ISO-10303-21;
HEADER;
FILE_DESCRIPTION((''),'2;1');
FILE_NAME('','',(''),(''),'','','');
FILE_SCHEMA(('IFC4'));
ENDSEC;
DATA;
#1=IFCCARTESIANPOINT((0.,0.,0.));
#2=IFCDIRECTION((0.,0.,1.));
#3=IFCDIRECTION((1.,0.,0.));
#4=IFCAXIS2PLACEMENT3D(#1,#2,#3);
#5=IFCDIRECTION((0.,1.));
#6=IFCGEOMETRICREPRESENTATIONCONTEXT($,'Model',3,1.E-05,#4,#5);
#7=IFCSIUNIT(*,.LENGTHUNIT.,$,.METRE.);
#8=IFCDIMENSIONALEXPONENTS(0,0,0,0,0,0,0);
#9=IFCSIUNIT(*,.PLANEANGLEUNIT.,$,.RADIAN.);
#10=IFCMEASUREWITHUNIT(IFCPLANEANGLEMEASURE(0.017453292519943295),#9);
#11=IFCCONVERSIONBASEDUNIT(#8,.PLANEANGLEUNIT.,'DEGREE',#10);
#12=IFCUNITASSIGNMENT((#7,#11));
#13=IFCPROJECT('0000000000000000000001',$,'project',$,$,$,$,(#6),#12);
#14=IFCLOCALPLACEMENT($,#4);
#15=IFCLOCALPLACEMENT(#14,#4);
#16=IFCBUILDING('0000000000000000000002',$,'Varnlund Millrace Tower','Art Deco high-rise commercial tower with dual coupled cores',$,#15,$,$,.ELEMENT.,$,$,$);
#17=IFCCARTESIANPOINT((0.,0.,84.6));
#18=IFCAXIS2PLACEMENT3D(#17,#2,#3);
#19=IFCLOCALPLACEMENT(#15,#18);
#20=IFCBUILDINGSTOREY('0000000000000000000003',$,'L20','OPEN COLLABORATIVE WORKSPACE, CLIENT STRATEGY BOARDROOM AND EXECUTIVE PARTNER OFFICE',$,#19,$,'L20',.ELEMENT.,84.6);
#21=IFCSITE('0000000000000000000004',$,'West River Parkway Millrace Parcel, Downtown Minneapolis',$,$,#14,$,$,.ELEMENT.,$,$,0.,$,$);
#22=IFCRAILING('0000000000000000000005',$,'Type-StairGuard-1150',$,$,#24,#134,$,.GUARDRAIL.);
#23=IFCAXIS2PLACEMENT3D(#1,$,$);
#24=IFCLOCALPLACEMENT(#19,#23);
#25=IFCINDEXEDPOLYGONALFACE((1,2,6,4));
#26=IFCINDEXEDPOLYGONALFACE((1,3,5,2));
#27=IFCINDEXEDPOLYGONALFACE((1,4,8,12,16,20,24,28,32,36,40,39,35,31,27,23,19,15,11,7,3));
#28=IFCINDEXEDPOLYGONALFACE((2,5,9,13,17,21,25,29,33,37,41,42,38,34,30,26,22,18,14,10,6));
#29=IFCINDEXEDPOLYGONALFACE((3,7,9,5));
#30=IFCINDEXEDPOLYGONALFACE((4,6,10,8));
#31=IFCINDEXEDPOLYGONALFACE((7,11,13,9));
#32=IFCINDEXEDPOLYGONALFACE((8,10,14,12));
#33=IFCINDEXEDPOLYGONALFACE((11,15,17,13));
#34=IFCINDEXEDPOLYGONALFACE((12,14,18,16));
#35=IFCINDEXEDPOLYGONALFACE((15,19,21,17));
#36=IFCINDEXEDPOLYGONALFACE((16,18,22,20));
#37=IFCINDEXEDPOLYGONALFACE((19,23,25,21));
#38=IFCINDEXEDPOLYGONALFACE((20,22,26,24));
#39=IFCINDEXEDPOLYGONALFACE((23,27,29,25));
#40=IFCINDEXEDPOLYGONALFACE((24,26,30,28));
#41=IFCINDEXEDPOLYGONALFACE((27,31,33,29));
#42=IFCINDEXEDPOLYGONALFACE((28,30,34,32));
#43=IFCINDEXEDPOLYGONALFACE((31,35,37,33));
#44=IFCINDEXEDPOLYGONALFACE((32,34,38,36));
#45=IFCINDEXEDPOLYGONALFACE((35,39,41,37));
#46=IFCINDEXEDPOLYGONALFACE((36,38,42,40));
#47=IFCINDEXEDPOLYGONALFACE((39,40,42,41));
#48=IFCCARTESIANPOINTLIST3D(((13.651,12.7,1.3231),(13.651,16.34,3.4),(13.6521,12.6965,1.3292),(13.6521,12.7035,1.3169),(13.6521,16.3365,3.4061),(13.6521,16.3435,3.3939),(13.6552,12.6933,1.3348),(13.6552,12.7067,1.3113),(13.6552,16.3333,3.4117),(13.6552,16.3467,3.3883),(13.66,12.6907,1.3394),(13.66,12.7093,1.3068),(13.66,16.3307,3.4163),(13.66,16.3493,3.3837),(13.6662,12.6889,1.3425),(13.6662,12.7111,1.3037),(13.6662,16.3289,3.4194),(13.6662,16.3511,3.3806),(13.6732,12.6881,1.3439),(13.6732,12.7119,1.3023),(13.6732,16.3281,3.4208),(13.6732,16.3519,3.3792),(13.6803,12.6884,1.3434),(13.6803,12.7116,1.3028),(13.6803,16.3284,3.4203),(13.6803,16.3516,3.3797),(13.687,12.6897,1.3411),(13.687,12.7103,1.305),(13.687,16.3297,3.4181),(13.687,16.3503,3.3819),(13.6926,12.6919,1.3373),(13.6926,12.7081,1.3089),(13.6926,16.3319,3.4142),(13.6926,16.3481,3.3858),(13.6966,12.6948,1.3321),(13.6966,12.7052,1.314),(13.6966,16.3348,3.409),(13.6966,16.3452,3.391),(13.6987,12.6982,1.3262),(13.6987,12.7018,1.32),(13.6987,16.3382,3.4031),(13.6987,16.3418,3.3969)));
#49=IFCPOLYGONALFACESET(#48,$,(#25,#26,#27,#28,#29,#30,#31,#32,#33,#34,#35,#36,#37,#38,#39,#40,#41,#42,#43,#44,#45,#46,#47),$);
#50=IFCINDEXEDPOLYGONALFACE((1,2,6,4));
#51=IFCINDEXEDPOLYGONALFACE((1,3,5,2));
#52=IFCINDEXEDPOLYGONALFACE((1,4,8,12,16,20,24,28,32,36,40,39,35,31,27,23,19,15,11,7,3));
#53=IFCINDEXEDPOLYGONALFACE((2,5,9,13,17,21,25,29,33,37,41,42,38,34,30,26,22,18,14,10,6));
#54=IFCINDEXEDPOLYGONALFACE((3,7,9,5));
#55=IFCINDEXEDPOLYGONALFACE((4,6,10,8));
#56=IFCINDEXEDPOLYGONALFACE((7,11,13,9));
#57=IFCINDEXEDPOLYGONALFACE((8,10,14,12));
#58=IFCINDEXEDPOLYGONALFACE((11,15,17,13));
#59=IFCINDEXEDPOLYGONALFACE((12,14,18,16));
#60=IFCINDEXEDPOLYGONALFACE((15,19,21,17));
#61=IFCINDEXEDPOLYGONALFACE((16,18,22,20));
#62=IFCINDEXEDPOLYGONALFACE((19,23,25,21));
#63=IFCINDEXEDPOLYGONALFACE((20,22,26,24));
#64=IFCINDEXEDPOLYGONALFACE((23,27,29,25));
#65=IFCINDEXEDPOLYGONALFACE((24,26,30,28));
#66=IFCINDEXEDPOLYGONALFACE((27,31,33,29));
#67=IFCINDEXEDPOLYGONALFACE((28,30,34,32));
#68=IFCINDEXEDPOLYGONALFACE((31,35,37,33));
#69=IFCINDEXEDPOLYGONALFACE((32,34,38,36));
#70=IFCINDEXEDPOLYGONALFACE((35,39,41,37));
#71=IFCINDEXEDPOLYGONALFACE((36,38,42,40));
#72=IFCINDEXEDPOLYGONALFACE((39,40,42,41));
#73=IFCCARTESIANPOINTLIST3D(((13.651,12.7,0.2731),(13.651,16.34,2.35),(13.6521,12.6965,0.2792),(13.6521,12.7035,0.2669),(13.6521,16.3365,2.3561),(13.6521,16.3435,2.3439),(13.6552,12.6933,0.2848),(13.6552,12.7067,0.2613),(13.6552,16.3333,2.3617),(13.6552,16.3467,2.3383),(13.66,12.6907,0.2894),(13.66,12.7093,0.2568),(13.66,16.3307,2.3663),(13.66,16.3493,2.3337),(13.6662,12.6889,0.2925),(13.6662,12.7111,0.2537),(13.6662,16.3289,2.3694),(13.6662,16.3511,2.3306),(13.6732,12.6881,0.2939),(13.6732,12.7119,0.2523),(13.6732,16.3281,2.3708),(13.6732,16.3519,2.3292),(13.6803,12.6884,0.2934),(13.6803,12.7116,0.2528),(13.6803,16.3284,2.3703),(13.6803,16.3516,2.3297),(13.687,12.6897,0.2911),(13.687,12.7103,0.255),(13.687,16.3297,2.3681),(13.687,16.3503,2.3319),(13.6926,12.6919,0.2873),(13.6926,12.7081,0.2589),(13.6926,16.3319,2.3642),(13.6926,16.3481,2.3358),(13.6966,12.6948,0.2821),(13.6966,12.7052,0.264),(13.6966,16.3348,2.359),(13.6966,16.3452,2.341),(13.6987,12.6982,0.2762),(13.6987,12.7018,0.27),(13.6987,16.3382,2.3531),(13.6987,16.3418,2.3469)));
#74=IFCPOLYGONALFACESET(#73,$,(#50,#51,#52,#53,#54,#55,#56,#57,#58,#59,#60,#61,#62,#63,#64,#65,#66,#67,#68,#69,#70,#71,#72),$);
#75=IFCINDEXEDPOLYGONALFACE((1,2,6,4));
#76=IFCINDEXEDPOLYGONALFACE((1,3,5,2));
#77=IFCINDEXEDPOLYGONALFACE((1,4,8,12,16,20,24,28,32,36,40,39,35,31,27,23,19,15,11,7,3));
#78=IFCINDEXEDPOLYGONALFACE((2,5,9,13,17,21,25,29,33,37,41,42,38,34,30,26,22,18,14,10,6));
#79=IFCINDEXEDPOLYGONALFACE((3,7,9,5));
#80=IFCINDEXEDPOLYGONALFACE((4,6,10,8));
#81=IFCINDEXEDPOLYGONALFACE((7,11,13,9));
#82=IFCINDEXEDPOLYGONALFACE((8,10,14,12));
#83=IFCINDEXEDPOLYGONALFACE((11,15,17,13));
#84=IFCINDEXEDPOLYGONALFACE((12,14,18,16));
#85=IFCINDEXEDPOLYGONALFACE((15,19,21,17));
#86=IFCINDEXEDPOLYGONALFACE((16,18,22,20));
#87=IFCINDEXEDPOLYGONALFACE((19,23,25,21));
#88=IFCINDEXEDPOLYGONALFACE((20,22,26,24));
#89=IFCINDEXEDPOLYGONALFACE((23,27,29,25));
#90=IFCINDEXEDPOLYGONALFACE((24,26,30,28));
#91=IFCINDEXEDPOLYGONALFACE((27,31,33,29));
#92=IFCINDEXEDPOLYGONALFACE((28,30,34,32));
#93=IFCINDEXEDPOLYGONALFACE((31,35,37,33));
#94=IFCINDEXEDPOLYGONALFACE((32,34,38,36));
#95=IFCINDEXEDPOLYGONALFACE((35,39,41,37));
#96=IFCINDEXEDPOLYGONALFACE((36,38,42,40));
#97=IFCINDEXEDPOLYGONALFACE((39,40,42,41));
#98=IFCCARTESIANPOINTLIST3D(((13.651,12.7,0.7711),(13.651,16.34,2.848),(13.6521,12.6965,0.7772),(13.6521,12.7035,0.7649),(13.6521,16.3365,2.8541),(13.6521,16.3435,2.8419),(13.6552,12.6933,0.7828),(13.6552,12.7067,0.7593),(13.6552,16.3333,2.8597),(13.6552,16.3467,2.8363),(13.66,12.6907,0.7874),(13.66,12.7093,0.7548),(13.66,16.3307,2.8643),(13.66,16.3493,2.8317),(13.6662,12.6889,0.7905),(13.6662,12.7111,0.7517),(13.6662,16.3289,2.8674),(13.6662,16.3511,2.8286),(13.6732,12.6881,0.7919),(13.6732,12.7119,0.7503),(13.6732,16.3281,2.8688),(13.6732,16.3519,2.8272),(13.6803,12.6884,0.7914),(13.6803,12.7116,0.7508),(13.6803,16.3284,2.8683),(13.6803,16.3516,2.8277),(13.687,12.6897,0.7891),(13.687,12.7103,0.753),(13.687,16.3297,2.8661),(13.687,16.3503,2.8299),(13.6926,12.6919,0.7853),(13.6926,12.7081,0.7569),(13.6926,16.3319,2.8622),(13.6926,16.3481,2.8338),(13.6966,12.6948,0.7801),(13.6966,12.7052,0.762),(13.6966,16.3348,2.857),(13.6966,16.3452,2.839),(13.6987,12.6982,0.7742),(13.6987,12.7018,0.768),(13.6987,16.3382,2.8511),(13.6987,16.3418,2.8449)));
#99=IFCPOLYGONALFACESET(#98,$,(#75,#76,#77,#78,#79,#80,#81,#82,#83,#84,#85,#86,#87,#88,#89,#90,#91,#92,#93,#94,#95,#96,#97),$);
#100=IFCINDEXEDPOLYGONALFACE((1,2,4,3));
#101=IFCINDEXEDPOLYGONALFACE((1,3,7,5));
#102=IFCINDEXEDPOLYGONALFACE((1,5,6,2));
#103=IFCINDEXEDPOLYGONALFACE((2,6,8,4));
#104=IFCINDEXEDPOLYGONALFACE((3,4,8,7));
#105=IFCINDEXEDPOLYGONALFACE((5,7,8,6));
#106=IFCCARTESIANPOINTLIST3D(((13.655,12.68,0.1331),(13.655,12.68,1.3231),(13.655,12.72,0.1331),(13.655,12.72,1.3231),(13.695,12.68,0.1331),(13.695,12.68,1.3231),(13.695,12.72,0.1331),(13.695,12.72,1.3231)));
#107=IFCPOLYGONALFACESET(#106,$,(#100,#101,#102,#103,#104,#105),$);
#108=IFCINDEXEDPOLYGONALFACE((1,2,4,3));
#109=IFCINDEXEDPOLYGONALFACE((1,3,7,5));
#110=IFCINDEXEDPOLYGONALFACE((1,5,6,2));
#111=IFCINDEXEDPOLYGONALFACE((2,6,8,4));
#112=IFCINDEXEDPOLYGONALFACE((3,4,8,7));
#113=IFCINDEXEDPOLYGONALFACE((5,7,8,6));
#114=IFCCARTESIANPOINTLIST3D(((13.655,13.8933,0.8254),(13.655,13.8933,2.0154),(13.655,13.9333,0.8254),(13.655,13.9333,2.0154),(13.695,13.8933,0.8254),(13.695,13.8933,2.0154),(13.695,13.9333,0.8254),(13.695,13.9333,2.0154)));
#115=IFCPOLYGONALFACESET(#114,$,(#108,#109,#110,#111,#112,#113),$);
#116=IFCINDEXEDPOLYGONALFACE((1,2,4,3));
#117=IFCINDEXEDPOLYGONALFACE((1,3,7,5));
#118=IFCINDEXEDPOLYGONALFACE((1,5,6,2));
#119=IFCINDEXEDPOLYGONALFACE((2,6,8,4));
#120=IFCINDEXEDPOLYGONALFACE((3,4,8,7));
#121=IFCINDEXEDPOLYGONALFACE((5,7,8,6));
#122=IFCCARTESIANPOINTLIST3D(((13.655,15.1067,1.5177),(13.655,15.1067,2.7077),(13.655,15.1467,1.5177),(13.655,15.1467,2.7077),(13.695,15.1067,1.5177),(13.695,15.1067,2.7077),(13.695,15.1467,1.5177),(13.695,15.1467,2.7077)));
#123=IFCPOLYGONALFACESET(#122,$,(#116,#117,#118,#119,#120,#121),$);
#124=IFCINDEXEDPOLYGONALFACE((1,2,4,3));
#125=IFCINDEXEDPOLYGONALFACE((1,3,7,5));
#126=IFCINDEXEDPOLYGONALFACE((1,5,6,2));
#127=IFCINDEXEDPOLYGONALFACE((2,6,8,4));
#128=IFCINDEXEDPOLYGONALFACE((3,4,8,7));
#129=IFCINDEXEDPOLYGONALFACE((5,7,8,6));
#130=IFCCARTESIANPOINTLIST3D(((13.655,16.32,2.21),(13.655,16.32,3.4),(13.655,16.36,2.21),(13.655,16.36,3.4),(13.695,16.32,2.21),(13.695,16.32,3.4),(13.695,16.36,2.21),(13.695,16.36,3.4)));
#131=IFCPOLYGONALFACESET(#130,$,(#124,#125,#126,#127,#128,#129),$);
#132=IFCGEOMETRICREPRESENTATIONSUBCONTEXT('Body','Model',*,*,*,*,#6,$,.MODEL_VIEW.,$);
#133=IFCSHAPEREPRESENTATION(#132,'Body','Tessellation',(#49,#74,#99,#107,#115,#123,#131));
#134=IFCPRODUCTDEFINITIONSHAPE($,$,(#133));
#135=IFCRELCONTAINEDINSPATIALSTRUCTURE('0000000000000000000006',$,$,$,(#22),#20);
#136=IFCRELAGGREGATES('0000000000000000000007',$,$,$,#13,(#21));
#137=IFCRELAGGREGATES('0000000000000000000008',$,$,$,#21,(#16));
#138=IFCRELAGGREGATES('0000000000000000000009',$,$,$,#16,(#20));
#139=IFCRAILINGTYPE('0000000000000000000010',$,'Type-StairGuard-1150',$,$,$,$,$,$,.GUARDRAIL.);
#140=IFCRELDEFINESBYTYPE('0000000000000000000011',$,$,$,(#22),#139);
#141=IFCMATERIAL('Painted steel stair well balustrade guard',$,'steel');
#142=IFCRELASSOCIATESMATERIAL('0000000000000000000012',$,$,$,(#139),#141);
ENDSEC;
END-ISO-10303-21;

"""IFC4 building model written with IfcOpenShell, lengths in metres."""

from ifc_helpers import new_model, entity, si_unit, converted_unit, direction, frame, origin_with_axes, origin_2d_with_axis, place, context, subcontext, project, spatial, rectangle, circle, extrude, material, type_object, element, save


model = new_model("IFC4")

# Units and contexts
model_context = context("Model", 3, precision=1e-05, world=origin_with_axes(), true_north=direction((0.0, 1.0)))
body_context = subcontext(model_context, "Body", "Model", "MODEL_VIEW")
ifc_project = project(units=[si_unit("LENGTHUNIT", "METRE"), converted_unit("PLANEANGLEUNIT", "DEGREE", entity("IfcPlaneAngleMeasure", 0.017453292519943295), si_unit("PLANEANGLEUNIT", "RADIAN"), dimensions=[0, 0, 0, 0, 0, 0, 0])], contexts=[model_context])

# Site, building, storey
site_placement = place(None, origin_with_axes())
site = spatial("IfcSite", under=ifc_project, at=site_placement, Name="West River Parkway Millrace Parcel, Downtown Minneapolis", CompositionType="ELEMENT", RefElevation=0.0)
building_placement = place(site_placement, origin_with_axes())
building = spatial("IfcBuilding", under=site, at=building_placement, Name="Varnlund Millrace Tower", Description="Art Deco high-rise commercial tower with dual coupled cores", CompositionType="ELEMENT")
storey_placement = place(building_placement, frame((0.0, 0.0, 84.6), z_axis=(0.0, 0.0, 1.0), x_axis=(1.0, 0.0, 0.0)))
storey = spatial("IfcBuildingStorey", under=building, at=storey_placement, Name="L20", Description="OPEN COLLABORATIVE WORKSPACE, CLIENT STRATEGY BOARDROOM AND EXECUTIVE PARTNER OFFICE", LongName="L20", CompositionType="ELEMENT", Elevation=84.6)

# Railing
ifc_material_1 = material(Name="Painted steel stair well balustrade guard", Category="steel")
railing_type_1 = type_object("IfcRailingType", Name="Type-StairGuard-1150", PredefinedType="GUARDRAIL", material=ifc_material_1)
railing_1_placement = place(storey_placement, frame((0.0, 0.0, -84.6), z_axis=(0.0, 0.0, 1.0), x_axis=(1.0, 0.0, 0.0)))
element("IfcRailing", 1, at=railing_1_placement, inside=storey, type_object=railing_type_1, Name="Type-StairGuard-1150", PredefinedType="GUARDRAIL", context=body_context, shape_type="SweptSolid", body=[
    extrude(circle(Radius=0.024, at=origin_2d_with_axis()), frame((13.675, 12.7, 85.9231), z_axis=(0.0, 0.868559, 0.495585), x_axis=(-1.0, 0.0, 0.0)), (0.0, 0.0, 1.0), 4.1908),
    extrude(circle(Radius=0.024, at=origin_2d_with_axis()), frame((13.675, 12.7, 84.8731), z_axis=(0.0, 0.868559, 0.495585), x_axis=(-1.0, 0.0, 0.0)), (0.0, 0.0, 1.0), 4.1908),
    extrude(circle(Radius=0.024, at=origin_2d_with_axis()), frame((13.675, 12.7, 85.3711), z_axis=(0.0, 0.868559, 0.495585), x_axis=(-1.0, 0.0, 0.0)), (0.0, 0.0, 1.0), 4.1908),
    extrude(rectangle(XDim=0.04, YDim=0.04, at=origin_2d_with_axis()), frame((13.675, 12.7, 84.7331), z_axis=(0.0, 0.0, 1.0), x_axis=(1.0, 0.0, 0.0)), (0.0, 0.0, 1.0), 1.19),
    extrude(rectangle(XDim=0.04, YDim=0.04, at=origin_2d_with_axis()), frame((13.675, 13.9133, 85.4254), z_axis=(0.0, 0.0, 1.0), x_axis=(1.0, 0.0, 0.0)), (0.0, 0.0, 1.0), 1.19),
    extrude(rectangle(XDim=0.04, YDim=0.04, at=origin_2d_with_axis()), frame((13.675, 15.1267, 86.1177), z_axis=(0.0, 0.0, 1.0), x_axis=(1.0, 0.0, 0.0)), (0.0, 0.0, 1.0), 1.19),
    extrude(rectangle(XDim=0.04, YDim=0.04, at=origin_2d_with_axis()), frame((13.675, 16.34, 86.81), z_axis=(0.0, 0.0, 1.0), x_axis=(1.0, 0.0, 0.0)), (0.0, 0.0, 1.0), 1.19),
])

save(model, "model.ifc")
